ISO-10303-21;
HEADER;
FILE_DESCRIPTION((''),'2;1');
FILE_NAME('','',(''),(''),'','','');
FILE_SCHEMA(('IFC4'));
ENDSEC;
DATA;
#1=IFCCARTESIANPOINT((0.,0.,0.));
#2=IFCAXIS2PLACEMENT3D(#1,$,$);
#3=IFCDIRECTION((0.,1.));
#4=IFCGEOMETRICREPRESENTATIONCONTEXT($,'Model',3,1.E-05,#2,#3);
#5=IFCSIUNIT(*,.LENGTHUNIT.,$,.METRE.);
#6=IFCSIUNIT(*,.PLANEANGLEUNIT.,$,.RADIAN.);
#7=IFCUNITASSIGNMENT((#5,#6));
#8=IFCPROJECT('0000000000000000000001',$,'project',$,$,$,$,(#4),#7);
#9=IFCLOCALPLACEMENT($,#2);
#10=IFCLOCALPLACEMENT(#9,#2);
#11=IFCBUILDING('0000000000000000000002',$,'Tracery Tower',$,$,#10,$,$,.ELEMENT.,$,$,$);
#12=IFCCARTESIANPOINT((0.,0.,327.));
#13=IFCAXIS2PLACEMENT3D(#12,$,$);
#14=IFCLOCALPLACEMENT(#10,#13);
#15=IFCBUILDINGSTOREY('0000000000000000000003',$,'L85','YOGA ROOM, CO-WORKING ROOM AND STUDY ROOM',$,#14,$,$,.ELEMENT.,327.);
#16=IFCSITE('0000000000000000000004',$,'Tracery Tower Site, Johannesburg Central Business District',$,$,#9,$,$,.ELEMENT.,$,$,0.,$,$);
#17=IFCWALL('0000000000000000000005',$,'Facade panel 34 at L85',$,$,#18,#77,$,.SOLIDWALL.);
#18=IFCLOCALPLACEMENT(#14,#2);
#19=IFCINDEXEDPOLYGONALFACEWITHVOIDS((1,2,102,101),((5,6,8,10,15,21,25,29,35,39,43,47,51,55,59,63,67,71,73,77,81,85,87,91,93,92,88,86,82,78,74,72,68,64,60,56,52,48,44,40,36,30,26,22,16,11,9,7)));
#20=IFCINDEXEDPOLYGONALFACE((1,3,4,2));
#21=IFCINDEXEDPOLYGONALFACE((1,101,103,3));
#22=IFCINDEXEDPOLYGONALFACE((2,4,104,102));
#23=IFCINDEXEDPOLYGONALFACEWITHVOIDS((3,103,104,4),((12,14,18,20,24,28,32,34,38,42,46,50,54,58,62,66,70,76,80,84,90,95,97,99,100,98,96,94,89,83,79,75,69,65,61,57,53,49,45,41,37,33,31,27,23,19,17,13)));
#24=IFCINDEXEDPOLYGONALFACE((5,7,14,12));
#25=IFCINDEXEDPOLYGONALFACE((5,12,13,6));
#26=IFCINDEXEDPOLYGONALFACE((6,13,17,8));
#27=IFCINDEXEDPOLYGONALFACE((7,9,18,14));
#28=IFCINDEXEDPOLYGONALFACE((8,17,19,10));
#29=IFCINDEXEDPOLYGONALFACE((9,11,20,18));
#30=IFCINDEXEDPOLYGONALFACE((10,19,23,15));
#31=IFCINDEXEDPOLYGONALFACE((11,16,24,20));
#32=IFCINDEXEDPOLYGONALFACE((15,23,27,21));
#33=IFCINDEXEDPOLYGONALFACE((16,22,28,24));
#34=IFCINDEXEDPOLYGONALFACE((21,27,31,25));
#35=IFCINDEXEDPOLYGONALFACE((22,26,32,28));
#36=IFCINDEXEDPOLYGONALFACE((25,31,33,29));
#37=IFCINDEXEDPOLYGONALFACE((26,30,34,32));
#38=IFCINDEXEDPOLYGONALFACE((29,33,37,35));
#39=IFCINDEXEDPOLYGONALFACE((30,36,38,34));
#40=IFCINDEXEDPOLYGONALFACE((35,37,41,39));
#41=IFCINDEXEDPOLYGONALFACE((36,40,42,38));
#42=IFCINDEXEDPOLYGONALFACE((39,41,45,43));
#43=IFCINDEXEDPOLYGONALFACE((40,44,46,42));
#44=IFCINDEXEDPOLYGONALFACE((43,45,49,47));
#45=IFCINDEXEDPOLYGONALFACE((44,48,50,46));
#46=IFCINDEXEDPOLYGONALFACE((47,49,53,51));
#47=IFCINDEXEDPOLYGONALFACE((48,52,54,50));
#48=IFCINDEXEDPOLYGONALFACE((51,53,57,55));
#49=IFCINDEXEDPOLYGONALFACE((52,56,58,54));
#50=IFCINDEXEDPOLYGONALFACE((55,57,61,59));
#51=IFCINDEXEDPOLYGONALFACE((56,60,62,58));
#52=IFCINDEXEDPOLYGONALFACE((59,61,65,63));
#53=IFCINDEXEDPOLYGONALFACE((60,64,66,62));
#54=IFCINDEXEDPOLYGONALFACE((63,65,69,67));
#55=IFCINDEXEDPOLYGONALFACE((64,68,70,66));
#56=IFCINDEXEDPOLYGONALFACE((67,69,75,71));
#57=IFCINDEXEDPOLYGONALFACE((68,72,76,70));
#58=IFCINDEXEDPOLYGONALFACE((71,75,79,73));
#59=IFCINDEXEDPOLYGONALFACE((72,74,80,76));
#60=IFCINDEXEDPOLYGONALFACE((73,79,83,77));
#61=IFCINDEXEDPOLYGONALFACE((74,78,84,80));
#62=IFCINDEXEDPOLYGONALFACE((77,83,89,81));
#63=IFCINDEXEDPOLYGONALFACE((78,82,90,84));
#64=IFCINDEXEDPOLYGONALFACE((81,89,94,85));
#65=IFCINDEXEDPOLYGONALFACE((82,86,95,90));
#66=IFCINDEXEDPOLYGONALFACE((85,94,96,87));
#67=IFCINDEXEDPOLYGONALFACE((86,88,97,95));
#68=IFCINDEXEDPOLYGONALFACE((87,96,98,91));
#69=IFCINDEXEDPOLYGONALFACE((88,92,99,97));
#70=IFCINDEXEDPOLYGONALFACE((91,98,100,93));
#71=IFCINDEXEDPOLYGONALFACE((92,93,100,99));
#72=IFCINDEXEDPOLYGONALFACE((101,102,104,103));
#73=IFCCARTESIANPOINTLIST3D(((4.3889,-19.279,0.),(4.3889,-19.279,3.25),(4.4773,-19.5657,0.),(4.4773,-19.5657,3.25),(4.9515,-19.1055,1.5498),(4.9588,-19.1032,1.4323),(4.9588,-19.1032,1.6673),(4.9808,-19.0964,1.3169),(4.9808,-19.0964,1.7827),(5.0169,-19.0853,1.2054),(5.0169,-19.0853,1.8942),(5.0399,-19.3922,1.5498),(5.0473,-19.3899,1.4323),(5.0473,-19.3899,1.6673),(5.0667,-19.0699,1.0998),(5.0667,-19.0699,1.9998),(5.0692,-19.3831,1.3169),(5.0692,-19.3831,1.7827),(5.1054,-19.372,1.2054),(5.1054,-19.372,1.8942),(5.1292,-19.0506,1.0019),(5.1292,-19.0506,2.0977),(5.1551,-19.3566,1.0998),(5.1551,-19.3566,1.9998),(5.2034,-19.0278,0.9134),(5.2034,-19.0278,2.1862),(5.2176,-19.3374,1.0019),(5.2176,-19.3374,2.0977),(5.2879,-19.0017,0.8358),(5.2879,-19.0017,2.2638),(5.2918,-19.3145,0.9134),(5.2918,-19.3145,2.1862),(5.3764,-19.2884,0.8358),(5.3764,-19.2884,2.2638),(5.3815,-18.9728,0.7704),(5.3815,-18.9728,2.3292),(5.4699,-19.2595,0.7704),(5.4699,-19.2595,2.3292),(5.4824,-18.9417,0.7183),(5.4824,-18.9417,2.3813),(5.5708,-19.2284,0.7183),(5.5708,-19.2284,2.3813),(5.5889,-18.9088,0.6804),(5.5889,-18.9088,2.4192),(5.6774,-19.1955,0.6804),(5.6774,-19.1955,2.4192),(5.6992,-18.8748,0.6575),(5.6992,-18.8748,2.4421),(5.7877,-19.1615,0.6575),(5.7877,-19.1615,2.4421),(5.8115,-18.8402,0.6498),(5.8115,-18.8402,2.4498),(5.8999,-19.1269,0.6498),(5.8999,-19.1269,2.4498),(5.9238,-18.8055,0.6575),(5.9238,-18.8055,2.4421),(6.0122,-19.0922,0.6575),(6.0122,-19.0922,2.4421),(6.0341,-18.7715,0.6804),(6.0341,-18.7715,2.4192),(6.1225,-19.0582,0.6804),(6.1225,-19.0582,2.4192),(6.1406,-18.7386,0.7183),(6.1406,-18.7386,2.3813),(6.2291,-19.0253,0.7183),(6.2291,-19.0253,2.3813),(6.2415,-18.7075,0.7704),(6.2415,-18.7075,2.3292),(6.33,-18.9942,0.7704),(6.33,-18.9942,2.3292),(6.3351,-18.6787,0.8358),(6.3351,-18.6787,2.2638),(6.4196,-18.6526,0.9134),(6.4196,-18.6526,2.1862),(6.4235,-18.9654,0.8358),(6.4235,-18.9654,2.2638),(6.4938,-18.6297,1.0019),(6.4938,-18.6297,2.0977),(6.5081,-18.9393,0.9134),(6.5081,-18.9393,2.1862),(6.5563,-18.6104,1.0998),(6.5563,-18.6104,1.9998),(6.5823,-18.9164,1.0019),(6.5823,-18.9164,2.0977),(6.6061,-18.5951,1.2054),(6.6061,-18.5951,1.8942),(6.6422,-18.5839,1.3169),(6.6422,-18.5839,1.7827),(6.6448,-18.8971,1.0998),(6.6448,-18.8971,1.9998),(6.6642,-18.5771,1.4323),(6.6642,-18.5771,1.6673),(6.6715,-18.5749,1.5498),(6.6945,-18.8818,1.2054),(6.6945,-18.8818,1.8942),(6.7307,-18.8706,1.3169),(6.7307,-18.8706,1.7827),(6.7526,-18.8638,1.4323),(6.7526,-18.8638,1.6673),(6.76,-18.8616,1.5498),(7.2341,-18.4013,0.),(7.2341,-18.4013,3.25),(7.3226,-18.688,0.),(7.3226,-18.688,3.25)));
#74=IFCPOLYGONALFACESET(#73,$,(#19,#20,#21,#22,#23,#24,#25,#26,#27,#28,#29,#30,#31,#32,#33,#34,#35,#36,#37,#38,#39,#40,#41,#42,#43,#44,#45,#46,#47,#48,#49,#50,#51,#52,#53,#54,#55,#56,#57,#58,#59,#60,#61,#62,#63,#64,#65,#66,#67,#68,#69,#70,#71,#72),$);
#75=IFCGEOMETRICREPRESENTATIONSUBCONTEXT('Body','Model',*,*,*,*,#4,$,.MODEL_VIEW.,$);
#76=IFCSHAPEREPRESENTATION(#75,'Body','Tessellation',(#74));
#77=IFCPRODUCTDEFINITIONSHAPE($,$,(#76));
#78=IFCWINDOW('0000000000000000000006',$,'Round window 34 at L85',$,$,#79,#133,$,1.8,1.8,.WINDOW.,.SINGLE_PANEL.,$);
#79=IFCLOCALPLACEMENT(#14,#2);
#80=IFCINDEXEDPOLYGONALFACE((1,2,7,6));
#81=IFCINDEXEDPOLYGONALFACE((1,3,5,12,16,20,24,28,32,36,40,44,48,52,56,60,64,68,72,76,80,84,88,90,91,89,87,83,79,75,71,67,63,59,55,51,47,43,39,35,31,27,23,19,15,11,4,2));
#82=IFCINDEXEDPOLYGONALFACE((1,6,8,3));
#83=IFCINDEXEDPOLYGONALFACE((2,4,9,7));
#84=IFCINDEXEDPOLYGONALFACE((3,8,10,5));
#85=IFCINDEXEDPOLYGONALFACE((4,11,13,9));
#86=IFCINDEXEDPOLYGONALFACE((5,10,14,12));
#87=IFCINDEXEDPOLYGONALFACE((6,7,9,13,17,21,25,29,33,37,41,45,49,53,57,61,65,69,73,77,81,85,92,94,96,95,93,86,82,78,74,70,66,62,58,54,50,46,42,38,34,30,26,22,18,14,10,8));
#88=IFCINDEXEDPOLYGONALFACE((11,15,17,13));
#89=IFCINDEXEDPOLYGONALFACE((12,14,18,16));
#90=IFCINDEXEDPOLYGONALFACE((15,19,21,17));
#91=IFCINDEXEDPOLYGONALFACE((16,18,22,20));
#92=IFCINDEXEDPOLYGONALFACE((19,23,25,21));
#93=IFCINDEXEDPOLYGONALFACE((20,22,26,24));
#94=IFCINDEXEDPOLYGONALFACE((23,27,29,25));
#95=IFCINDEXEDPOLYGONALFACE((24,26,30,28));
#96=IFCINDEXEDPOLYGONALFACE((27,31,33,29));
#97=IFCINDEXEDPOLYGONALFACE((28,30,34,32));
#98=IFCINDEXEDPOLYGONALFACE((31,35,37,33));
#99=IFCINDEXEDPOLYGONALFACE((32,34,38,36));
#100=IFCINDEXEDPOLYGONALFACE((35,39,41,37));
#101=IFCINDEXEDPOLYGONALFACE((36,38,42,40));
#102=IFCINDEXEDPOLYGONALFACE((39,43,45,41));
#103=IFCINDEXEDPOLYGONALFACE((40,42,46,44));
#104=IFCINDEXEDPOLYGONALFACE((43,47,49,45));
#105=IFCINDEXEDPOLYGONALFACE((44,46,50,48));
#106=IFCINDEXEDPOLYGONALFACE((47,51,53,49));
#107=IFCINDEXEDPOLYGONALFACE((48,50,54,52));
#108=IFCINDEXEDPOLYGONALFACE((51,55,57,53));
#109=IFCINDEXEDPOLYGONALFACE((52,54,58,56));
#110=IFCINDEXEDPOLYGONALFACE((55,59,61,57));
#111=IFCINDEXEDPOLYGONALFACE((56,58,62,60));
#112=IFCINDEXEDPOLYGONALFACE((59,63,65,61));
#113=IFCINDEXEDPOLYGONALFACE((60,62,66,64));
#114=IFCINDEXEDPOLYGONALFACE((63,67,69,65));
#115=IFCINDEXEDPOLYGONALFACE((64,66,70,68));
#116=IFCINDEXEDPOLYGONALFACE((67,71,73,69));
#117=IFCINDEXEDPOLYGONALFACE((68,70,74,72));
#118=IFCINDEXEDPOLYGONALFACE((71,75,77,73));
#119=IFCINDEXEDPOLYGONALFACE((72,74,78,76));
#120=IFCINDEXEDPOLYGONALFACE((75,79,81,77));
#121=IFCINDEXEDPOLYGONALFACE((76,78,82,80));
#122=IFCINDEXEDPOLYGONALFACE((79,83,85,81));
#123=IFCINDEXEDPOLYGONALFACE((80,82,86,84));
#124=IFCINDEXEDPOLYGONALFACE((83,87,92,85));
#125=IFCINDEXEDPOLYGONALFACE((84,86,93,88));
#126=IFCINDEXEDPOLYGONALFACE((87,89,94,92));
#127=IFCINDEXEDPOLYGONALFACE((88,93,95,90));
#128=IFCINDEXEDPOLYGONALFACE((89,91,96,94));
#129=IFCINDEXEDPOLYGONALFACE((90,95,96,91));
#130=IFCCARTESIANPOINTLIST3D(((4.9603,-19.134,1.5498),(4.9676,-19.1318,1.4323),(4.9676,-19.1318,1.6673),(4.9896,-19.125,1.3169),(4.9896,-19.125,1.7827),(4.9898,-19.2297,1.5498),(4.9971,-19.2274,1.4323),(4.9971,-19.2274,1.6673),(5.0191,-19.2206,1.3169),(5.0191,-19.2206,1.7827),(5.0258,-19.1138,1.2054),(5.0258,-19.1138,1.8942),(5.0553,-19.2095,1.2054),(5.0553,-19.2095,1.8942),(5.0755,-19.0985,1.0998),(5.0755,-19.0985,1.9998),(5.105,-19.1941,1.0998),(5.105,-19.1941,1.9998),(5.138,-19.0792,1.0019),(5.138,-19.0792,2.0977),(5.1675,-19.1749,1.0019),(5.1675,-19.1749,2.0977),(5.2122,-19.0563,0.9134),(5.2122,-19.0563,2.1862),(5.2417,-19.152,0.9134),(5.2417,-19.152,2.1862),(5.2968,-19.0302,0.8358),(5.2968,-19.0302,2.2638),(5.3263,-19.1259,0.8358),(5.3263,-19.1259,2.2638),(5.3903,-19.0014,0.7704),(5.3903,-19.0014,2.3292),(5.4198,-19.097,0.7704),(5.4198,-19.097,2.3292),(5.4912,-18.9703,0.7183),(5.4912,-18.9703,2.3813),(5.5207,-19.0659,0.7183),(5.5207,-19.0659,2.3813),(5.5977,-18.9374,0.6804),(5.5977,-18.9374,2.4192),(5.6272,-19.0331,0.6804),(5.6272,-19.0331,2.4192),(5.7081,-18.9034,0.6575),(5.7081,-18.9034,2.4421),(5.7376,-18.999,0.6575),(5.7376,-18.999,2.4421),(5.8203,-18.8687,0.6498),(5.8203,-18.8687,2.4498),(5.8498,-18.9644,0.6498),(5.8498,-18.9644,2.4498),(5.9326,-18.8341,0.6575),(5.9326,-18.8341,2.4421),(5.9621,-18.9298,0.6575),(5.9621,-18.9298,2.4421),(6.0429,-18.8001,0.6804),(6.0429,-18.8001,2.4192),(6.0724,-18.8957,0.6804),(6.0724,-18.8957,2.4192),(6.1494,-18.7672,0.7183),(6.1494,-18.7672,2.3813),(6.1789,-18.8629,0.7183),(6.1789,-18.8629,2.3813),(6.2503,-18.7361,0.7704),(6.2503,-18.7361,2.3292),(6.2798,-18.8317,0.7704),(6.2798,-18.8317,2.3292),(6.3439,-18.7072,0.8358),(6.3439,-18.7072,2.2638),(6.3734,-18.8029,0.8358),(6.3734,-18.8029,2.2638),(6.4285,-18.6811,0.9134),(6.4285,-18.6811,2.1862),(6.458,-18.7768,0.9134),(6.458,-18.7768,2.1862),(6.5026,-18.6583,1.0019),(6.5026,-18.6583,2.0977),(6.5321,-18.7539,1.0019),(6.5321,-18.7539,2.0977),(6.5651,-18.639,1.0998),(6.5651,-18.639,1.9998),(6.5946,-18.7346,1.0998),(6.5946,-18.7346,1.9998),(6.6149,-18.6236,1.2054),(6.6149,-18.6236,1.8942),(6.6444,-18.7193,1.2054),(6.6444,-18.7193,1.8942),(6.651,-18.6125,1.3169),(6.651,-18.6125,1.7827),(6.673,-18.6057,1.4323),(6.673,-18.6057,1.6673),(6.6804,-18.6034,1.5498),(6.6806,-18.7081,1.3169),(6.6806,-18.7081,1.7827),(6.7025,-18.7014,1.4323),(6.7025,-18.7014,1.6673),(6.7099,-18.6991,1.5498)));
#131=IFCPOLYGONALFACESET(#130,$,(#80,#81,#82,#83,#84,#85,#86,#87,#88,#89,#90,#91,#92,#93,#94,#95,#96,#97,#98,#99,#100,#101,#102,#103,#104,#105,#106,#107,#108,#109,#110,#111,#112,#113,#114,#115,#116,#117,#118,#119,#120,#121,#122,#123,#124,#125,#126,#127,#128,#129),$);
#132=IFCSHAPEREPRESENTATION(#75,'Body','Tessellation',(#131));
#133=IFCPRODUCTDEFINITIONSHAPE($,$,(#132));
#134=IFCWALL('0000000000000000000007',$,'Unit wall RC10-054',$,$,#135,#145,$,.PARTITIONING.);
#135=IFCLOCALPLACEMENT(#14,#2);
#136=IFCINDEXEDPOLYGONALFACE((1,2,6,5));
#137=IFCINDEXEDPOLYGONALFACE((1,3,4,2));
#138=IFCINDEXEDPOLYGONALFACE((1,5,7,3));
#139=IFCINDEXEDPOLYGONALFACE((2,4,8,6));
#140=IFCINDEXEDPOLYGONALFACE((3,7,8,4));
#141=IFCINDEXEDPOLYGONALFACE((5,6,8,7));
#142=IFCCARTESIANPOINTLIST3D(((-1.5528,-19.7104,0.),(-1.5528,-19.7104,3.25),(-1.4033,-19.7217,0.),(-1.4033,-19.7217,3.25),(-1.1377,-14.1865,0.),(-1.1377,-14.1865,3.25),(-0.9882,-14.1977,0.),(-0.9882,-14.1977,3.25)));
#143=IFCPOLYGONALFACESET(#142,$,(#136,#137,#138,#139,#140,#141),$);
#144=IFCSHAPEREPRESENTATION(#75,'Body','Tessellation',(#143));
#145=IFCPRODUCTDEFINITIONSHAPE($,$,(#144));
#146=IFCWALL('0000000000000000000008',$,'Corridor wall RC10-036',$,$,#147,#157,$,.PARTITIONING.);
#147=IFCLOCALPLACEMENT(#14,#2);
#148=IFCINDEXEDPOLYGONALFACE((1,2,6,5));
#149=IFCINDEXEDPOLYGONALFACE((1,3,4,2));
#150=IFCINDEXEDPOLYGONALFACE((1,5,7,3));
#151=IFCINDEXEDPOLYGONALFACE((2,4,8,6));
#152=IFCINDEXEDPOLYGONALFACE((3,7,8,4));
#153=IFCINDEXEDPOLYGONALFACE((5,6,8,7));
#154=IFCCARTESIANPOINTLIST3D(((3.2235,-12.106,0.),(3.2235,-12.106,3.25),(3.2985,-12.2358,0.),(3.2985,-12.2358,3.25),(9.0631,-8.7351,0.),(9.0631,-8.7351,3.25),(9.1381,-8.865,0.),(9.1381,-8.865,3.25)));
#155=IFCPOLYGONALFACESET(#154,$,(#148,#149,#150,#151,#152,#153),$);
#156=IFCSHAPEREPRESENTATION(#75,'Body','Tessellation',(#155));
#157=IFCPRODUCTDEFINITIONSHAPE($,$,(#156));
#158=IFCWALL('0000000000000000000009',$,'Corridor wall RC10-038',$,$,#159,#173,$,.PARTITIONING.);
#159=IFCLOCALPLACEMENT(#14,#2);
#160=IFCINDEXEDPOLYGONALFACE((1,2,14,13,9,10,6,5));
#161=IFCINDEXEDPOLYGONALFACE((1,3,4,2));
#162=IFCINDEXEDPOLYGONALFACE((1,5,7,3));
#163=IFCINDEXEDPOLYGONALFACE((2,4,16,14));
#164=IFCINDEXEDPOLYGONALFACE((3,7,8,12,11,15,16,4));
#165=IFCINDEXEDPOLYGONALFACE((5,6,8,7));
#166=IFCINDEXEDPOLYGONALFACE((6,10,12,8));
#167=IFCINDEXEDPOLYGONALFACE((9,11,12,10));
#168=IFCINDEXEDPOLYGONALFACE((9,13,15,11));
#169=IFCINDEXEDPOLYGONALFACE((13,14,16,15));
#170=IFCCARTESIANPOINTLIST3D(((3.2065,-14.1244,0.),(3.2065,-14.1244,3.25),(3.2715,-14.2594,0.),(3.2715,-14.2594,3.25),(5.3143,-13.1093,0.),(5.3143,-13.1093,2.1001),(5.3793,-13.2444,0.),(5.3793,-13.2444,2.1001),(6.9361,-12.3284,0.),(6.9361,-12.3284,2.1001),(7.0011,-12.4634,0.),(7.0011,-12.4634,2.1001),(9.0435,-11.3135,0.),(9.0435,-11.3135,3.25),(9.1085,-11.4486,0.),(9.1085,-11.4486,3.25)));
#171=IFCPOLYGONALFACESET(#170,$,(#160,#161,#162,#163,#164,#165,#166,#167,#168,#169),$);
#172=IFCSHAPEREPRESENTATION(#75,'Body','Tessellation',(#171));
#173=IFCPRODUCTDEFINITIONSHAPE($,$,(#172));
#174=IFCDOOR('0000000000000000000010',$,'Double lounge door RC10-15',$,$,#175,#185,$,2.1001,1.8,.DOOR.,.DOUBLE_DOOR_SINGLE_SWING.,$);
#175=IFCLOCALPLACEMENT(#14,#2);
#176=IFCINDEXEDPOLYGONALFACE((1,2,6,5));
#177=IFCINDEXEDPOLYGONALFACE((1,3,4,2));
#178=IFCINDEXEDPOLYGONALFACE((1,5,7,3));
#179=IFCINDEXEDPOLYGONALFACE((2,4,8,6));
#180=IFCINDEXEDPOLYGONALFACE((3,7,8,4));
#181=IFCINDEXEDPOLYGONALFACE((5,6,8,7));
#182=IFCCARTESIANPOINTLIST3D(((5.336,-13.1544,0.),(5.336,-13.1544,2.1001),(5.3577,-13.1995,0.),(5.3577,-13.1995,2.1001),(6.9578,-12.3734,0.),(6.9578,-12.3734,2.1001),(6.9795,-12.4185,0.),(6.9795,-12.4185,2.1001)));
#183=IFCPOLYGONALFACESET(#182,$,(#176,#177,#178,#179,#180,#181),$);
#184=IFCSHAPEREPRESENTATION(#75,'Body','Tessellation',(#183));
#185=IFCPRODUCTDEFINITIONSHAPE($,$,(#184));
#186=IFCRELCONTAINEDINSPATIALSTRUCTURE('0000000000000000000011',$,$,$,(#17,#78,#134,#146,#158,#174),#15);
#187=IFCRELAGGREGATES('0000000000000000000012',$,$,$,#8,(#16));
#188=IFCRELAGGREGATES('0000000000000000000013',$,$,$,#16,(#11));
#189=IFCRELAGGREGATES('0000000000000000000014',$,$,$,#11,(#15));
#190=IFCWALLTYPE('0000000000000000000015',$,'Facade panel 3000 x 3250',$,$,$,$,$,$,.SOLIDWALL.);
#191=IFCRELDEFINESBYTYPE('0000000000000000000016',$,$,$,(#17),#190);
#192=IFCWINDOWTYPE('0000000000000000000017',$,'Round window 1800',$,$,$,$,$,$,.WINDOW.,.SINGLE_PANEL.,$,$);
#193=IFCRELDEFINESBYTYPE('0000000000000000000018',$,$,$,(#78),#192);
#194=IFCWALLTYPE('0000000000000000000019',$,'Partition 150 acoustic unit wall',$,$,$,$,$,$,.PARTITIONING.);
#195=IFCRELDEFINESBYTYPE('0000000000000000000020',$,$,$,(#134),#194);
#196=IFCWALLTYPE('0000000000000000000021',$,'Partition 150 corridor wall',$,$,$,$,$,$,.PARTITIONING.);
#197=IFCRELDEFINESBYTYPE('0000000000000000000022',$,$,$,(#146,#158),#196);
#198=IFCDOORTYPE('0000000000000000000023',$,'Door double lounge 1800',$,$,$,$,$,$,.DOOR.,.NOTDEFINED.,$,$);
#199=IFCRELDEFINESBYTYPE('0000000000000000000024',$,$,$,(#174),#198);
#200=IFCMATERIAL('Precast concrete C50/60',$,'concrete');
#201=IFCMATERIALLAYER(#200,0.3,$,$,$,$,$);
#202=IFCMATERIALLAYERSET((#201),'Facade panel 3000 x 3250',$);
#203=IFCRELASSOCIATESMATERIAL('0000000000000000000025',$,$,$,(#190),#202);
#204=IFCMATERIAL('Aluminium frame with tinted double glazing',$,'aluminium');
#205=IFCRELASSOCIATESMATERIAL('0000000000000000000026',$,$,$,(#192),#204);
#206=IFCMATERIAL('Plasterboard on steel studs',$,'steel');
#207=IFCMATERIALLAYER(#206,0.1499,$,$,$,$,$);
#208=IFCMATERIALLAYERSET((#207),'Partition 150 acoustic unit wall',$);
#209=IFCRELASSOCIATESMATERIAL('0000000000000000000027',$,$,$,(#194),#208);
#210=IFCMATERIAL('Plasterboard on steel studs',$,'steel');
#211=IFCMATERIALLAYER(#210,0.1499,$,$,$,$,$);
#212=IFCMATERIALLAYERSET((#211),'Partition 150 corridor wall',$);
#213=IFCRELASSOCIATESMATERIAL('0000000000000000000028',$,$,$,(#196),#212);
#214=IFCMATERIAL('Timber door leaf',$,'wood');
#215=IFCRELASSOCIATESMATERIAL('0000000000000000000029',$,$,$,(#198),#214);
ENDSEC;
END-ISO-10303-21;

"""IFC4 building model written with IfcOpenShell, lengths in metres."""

from ifc_helpers import new_model, si_unit, direction, frame, frame_2d, origin, origin_2d, place, context, subcontext, project, spatial, rectangle, circle, extrude, material, layer, layer_set, type_object, element, fill, save


model = new_model("IFC4")

# Units and contexts
model_context = context("Model", 3, precision=1e-05, world=origin(), true_north=direction((0.0, 1.0)))
body_context = subcontext(model_context, "Body", "Model", "MODEL_VIEW")
ifc_project = project(units=[si_unit("LENGTHUNIT", "METRE"), si_unit("PLANEANGLEUNIT", "RADIAN")], contexts=[model_context])

# Site, building, storey
site_placement = place(None, origin())
site = spatial("IfcSite", under=ifc_project, at=site_placement, Name="Tracery Tower Site, Johannesburg Central Business District", CompositionType="ELEMENT", RefElevation=0.0)
building_placement = place(site_placement, origin())
building = spatial("IfcBuilding", under=site, at=building_placement, Name="Tracery Tower", CompositionType="ELEMENT")
storey_placement = place(building_placement, frame((0.0, 0.0, 327.0)))
storey = spatial("IfcBuildingStorey", under=building, at=storey_placement, Name="L85", Description="YOGA ROOM, CO-WORKING ROOM AND STUDY ROOM", CompositionType="ELEMENT", Elevation=327.0)

# Wall, opening, window
ifc_material_1 = material(Name="Precast concrete C50/60", Category="concrete")
ifc_layer_1 = layer(ifc_material_1, 0.3)
ifc_layer_set_1 = layer_set([ifc_layer_1], Name="Facade panel 3000 x 3250")
wall_type_1 = type_object("IfcWallType", Name="Facade panel 3000 x 3250", PredefinedType="SOLIDWALL", material=ifc_layer_set_1)
ifc_material_2 = material(Name="Aluminium frame with tinted double glazing", Category="aluminium")
window_type = type_object("IfcWindowType", Name="Round window 1800", PartitioningType="SINGLE_PANEL", PredefinedType="WINDOW", material=ifc_material_2)
wall_1_placement = place(storey_placement, frame((4.4331, -19.4224, 0.0), z_axis=(0.0, 0.0, 1.0), x_axis=(0.955568, 0.294771, 0.0)))
wall_1 = element("IfcWall", 1, at=wall_1_placement, inside=storey, type_object=wall_type_1, Name="Facade panel 34 at L85", PredefinedType="SOLIDWALL", context=body_context, shape_type="SweptSolid", body=[
    extrude(rectangle(XDim=2.9775, YDim=0.3, at=frame_2d((1.4888, 0.0))), origin(), (0.0, 0.0, 1.0), 3.25),
])
opening_1_placement = place(wall_1_placement, frame((1.4888, 0.0, 1.5498)))
opening_1 = element("IfcOpeningElement", 2, at=opening_1_placement, cuts=wall_1, PredefinedType="OPENING", context=body_context, shape_type="SweptSolid", body=[
    extrude(circle(Radius=0.9, at=origin_2d()), frame((0.0, 0.1599, 0.0), z_axis=(0.0, -1.0, 0.0), x_axis=(1.0, 0.0, 0.0)), (0.0, 0.0, 1.0), 0.3201),
])
window_1_placement = place(opening_1_placement, origin())
window_1 = element("IfcWindow", 3, at=window_1_placement, inside=storey, type_object=window_type, Name="Round window 34 at L85", OverallHeight=1.8, OverallWidth=1.8, PartitioningType="SINGLE_PANEL", PredefinedType="WINDOW", context=body_context, shape_type="SweptSolid", body=[
    extrude(circle(Radius=0.9, at=origin_2d()), frame((0.0, 0.1201, 0.0), z_axis=(0.0, -1.0, 0.0), x_axis=(1.0, 0.0, 0.0)), (0.0, 0.0, 1.0), 0.1001),
])
fill(opening_1, window_1)

# Walls
ifc_material_3 = material(Name="Plasterboard on steel studs", Category="steel")
ifc_layer_2 = layer(ifc_material_3, 0.1499)
ifc_layer_set_2 = layer_set([ifc_layer_2], Name="Partition 150 acoustic unit wall")
wall_type_2 = type_object("IfcWallType", Name="Partition 150 acoustic unit wall", PredefinedType="PARTITIONING", material=ifc_layer_set_2)
wall_2_placement = place(storey_placement, frame((-1.478, -19.7161, 0.0), z_axis=(0.0, 0.0, 1.0), x_axis=(0.074924, 0.997189, 0.0)))
element("IfcWall", 4, at=wall_2_placement, inside=storey, type_object=wall_type_2, Name="Unit wall RC10-054", PredefinedType="PARTITIONING", context=body_context, shape_type="SweptSolid", body=[
    extrude(rectangle(XDim=5.5396, YDim=0.1499, at=frame_2d((2.7698, 0.0))), origin(), (0.0, 0.0, 1.0), 3.25),
])
ifc_material_4 = material(Name="Plasterboard on steel studs", Category="steel")
ifc_layer_3 = layer(ifc_material_4, 0.1499)
ifc_layer_set_3 = layer_set([ifc_layer_3], Name="Partition 150 corridor wall")
wall_type_3 = type_object("IfcWallType", Name="Partition 150 corridor wall", PredefinedType="PARTITIONING", material=ifc_layer_set_3)
wall_3_placement = place(storey_placement, frame((3.261, -12.1709, 0.0), z_axis=(0.0, 0.0, 1.0), x_axis=(0.866067, 0.499928, 0.0)))
element("IfcWall", 5, at=wall_3_placement, inside=storey, type_object=wall_type_3, Name="Corridor wall RC10-036", PredefinedType="PARTITIONING", context=body_context, shape_type="SweptSolid", body=[
    extrude(rectangle(XDim=6.7427, YDim=0.1499, at=frame_2d((3.3713, 0.0))), origin(), (0.0, 0.0, 1.0), 3.25),
])

# Wall, opening, door
wall_4_placement = place(storey_placement, frame((3.239, -14.1919, 0.0), z_axis=(0.0, 0.0, 1.0), x_axis=(0.900976, 0.433869, 0.0)))
wall_4 = element("IfcWall", 6, at=wall_4_placement, inside=storey, type_object=wall_type_3, Name="Corridor wall RC10-038", PredefinedType="PARTITIONING", context=body_context, shape_type="SweptSolid", body=[
    extrude(rectangle(XDim=6.4785, YDim=0.1499, at=frame_2d((3.2393, 0.0))), origin(), (0.0, 0.0, 1.0), 3.25),
])
opening_2_placement = place(wall_4_placement, frame((2.3396, 0.0, 0.0)))
opening_2 = element("IfcOpeningElement", 7, at=opening_2_placement, cuts=wall_4, PredefinedType="OPENING", context=body_context, shape_type="SweptSolid", body=[
    extrude(rectangle(XDim=1.8, YDim=2.1001, at=frame_2d((0.8999, 1.05))), frame((0.0, 0.075, 0.0), z_axis=(0.0, -1.0, 0.0), x_axis=(1.0, 0.0, 0.0)), (0.0, 0.0, 1.0), 0.1499),
])
ifc_material_5 = material(Name="Timber door leaf", Category="wood")
door_type_1 = type_object("IfcDoorType", Name="Door double lounge 1800", OperationType="NOTDEFINED", PredefinedType="DOOR", material=ifc_material_5)
door_1_placement = place(opening_2_placement, origin())
door_1 = element("IfcDoor", 8, at=door_1_placement, inside=storey, type_object=door_type_1, Name="Double lounge door RC10-15", OperationType="DOUBLE_DOOR_SINGLE_SWING", OverallHeight=2.1001, OverallWidth=1.8, PredefinedType="DOOR", context=body_context, shape_type="SweptSolid", body=[
    extrude(rectangle(XDim=1.8, YDim=2.1001, at=frame_2d((0.8999, 1.05))), frame((0.0, 0.0249, 0.0), z_axis=(0.0, -1.0, 0.0), x_axis=(1.0, 0.0, 0.0)), (0.0, 0.0, 1.0), 0.05),
])
fill(opening_2, door_1)

save(model, "model.ifc")
